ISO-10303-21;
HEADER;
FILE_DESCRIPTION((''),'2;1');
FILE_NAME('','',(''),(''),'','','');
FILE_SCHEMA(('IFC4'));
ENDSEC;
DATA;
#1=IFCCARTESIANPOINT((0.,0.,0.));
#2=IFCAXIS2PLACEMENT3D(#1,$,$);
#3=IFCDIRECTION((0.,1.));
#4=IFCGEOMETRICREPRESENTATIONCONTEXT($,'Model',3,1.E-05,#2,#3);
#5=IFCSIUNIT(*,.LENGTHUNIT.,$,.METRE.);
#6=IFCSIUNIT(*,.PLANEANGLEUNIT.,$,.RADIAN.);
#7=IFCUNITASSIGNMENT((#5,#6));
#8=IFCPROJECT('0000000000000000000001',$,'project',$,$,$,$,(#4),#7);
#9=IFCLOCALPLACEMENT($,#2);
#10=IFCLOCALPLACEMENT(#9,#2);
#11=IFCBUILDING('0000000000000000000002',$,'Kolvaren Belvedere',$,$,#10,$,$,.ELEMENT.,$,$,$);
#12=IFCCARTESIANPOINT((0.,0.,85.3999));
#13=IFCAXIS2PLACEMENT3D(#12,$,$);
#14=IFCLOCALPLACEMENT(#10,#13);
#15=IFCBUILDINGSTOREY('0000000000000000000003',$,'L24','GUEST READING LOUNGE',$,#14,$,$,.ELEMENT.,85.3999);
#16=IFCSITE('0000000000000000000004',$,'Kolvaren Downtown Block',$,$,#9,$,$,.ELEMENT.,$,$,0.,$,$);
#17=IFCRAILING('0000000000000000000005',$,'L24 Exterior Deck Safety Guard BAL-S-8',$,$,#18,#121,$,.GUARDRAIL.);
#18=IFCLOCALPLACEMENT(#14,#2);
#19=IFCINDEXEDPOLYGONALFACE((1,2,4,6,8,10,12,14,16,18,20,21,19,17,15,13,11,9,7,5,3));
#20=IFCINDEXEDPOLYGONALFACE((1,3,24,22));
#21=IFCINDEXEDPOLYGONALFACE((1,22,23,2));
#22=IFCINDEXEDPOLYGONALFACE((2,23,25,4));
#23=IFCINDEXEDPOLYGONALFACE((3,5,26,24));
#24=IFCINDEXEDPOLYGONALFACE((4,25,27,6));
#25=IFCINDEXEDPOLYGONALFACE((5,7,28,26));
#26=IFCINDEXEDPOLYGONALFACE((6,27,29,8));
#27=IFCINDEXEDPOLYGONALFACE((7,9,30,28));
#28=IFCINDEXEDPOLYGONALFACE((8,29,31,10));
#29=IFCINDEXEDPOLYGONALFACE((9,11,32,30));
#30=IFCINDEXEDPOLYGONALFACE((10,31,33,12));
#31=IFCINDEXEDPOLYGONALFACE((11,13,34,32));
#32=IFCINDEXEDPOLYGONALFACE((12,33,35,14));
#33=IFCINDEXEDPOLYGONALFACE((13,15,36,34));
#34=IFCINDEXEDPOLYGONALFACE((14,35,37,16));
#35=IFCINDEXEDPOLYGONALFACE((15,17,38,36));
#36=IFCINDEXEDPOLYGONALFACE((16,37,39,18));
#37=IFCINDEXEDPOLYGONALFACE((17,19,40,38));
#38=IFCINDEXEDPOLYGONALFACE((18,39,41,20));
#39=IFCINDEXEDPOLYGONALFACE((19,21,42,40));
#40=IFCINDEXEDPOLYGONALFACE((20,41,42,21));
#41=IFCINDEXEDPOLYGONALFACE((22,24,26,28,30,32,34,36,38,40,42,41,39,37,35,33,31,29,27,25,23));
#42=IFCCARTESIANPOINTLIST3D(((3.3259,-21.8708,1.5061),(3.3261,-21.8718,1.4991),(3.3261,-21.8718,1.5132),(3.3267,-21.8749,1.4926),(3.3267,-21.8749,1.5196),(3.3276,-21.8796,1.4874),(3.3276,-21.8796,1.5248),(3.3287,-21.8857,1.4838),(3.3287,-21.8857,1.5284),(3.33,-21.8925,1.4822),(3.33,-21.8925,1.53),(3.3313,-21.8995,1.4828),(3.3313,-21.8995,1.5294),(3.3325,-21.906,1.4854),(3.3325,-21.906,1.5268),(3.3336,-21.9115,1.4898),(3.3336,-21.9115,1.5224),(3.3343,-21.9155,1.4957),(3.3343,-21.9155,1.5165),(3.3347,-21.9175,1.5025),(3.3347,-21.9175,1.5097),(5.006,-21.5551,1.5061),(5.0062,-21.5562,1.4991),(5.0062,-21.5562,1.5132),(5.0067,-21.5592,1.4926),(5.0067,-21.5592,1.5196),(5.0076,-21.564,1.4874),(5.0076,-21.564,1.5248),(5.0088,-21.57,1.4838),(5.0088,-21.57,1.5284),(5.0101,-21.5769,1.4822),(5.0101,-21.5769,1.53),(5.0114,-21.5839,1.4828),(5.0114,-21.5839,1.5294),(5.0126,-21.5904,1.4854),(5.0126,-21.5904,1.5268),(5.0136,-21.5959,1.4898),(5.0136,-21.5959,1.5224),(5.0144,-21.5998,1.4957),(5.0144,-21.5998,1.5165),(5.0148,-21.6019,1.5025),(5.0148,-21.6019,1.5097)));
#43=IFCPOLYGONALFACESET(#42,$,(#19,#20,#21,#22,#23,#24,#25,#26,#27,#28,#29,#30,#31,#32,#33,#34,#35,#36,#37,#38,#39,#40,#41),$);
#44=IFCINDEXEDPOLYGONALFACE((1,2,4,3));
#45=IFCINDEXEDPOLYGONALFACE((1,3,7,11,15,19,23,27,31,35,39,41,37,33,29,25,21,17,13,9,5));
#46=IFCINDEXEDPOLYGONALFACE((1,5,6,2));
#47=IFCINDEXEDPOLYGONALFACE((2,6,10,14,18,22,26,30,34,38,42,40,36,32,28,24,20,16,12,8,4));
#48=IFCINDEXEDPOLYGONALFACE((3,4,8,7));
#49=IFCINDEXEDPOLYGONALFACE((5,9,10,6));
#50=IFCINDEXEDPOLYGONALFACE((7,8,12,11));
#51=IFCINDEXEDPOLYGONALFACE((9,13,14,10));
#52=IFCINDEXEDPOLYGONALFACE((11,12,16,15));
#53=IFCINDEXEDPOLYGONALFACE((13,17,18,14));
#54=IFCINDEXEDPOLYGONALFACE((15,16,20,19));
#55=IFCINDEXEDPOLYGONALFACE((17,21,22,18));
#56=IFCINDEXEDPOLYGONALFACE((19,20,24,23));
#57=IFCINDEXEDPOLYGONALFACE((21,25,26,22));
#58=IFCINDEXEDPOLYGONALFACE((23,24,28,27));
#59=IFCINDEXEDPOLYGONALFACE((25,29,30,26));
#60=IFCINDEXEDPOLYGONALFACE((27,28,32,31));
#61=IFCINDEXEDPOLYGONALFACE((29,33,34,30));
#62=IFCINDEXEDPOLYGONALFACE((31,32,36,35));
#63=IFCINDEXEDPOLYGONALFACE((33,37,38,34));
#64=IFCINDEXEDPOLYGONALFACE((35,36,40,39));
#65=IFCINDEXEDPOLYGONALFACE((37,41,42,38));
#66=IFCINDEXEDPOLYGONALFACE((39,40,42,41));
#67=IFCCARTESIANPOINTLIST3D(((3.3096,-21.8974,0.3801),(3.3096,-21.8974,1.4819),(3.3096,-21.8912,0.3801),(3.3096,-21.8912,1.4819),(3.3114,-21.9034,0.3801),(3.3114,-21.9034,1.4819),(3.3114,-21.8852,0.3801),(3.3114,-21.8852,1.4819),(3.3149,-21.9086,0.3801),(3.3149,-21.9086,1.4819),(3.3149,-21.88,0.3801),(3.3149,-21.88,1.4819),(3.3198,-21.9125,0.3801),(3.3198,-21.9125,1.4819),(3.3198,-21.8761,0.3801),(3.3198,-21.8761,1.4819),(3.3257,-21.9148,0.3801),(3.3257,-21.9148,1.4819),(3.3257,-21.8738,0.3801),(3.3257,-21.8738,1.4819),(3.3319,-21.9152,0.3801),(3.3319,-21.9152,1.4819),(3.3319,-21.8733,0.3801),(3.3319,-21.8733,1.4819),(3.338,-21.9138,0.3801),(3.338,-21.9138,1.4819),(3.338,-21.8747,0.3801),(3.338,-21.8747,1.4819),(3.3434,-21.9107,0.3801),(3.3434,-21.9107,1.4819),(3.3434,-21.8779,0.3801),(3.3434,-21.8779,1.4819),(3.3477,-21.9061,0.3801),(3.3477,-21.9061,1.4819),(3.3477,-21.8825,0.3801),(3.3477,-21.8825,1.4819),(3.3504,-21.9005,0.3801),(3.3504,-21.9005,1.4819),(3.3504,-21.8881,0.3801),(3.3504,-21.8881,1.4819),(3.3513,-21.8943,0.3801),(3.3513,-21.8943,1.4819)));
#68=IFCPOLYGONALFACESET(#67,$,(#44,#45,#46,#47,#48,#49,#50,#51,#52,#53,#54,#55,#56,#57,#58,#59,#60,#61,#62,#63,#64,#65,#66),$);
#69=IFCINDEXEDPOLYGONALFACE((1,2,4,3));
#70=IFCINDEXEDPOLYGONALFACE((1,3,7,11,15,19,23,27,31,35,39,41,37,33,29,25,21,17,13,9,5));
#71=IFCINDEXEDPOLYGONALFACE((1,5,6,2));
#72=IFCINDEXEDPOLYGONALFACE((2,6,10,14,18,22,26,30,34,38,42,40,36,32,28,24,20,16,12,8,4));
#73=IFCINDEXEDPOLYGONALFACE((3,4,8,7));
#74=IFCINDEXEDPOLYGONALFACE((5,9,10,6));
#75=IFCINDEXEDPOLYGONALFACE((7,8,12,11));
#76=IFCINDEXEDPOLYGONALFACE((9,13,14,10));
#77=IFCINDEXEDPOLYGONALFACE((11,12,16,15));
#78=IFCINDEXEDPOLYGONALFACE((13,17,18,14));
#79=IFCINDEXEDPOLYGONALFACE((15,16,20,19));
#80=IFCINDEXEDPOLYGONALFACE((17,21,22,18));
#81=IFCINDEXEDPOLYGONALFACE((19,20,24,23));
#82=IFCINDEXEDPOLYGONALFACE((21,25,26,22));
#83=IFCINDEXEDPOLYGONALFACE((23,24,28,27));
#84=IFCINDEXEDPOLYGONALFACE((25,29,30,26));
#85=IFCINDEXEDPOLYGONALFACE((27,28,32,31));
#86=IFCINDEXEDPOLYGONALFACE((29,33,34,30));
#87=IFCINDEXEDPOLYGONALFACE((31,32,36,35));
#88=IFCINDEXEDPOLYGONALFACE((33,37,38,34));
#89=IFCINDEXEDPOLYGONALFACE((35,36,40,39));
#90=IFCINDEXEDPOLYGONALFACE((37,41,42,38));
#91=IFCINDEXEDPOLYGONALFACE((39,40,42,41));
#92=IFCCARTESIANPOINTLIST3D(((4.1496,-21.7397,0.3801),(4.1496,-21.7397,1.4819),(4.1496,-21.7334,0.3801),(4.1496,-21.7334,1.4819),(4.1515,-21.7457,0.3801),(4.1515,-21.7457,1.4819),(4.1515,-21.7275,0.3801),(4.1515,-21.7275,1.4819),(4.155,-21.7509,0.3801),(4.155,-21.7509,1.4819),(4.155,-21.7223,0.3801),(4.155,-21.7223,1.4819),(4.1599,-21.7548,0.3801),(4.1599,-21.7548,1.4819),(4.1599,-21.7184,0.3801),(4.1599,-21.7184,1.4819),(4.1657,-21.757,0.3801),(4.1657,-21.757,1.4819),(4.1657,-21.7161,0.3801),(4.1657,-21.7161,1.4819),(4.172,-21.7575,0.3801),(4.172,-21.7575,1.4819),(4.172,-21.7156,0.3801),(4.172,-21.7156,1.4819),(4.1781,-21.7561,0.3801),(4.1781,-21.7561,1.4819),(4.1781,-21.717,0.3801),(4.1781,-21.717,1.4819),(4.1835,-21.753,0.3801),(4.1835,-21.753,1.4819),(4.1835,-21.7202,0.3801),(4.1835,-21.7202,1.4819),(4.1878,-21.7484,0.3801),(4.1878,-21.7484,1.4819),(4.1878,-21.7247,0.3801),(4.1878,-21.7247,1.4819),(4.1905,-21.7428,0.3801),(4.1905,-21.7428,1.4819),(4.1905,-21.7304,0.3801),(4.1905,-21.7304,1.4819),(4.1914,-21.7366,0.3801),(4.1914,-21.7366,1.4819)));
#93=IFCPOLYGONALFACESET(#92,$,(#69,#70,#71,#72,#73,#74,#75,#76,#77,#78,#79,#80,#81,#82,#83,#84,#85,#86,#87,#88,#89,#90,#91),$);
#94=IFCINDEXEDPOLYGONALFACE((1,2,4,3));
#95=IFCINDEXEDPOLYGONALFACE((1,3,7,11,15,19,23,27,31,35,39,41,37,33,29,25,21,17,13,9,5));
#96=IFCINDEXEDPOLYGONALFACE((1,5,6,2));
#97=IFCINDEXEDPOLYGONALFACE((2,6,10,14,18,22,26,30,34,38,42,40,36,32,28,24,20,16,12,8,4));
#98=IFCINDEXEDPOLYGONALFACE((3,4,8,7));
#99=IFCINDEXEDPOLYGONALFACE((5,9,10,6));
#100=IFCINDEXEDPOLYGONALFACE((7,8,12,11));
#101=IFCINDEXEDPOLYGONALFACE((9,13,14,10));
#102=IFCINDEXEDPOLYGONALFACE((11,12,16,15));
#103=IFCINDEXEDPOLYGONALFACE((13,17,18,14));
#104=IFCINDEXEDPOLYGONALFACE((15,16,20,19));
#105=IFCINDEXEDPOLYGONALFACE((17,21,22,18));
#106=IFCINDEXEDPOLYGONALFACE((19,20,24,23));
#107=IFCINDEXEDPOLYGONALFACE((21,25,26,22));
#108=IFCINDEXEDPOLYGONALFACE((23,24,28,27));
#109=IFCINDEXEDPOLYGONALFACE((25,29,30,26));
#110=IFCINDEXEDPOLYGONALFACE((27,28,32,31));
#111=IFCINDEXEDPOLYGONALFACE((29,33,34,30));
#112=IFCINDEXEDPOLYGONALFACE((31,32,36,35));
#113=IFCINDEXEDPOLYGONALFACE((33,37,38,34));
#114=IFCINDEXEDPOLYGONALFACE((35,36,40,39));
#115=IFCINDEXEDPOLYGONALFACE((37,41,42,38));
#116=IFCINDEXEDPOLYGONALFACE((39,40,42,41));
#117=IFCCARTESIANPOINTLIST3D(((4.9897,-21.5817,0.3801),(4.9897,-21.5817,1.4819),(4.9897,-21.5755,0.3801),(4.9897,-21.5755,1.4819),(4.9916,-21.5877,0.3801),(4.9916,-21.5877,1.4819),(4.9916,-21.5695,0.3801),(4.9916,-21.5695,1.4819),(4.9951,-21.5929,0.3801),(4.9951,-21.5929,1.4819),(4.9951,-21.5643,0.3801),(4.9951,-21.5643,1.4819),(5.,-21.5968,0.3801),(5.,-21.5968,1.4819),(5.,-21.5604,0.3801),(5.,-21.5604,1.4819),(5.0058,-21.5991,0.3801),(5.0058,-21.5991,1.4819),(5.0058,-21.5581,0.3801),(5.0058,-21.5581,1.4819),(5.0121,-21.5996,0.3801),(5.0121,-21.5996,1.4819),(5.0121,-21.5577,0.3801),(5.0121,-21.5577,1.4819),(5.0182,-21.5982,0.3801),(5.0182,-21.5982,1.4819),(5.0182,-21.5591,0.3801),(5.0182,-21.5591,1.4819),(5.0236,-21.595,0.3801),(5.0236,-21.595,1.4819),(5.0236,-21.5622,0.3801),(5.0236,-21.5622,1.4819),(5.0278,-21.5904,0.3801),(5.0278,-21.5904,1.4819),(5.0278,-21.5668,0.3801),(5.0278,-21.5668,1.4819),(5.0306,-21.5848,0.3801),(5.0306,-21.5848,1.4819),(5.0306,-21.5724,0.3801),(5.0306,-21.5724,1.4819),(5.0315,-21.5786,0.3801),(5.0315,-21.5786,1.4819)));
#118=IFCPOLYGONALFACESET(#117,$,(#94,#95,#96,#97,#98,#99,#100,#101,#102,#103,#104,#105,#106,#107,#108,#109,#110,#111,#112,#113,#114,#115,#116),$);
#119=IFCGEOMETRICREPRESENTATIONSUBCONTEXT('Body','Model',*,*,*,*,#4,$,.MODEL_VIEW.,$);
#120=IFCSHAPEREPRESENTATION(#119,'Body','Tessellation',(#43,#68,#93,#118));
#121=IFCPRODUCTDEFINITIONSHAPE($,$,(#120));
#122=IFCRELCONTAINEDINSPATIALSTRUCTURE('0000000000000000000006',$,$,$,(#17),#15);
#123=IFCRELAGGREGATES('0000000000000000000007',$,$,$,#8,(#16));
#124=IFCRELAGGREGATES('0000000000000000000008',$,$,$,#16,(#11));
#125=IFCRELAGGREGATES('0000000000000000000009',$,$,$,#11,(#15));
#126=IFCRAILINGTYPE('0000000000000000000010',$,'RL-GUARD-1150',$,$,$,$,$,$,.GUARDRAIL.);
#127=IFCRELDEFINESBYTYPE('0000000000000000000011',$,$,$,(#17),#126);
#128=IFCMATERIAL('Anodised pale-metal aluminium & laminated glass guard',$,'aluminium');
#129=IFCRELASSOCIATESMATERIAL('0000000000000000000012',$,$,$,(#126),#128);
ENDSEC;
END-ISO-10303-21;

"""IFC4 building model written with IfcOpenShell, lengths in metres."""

from ifc_helpers import new_model, si_unit, direction, frame, origin, origin_2d, place, context, subcontext, project, spatial, circle, extrude, material, type_object, element, save


model = new_model("IFC4")

# Units and contexts
model_context = context("Model", 3, precision=1e-05, world=origin(), true_north=direction((0.0, 1.0)))
body_context = subcontext(model_context, "Body", "Model", "MODEL_VIEW")
ifc_project = project(units=[si_unit("LENGTHUNIT", "METRE"), si_unit("PLANEANGLEUNIT", "RADIAN")], contexts=[model_context])

# Site, building, storey
site_placement = place(None, origin())
site = spatial("IfcSite", under=ifc_project, at=site_placement, Name="Kolvaren Downtown Block", CompositionType="ELEMENT", RefElevation=0.0)
building_placement = place(site_placement, origin())
building = spatial("IfcBuilding", under=site, at=building_placement, Name="Kolvaren Belvedere", CompositionType="ELEMENT")
storey_placement = place(building_placement, frame((0.0, 0.0, 85.3999)))
storey = spatial("IfcBuildingStorey", under=building, at=storey_placement, Name="L24", Description="GUEST READING LOUNGE", CompositionType="ELEMENT", Elevation=85.3999)

# Railing
ifc_material_1 = material(Name="Anodised pale-metal aluminium & laminated glass guard", Category="aluminium")
railing_type = type_object("IfcRailingType", Name="RL-GUARD-1150", PredefinedType="GUARDRAIL", material=ifc_material_1)
railing_1_placement = place(storey_placement, frame((3.3303, -21.8943, 0.3801)))
element("IfcRailing", 1, at=railing_1_placement, inside=storey, type_object=railing_type, Name="L24 Exterior Deck Safety Guard BAL-S-8", PredefinedType="GUARDRAIL", context=body_context, shape_type="SweptSolid", body=[
    extrude(circle(Radius=0.0239, at=origin_2d()), frame((0.0, 0.0, 1.126), z_axis=(0.982804, 0.184651, 0.0), x_axis=(-0.184651, 0.982804, 0.0)), (0.0, 0.0, 1.0), 1.7095),
    extrude(circle(Radius=0.021, at=origin_2d()), origin(), (0.0, 0.0, 1.0), 1.1018),
    extrude(circle(Radius=0.021, at=origin_2d()), frame((0.8401, 0.1577, 0.0)), (0.0, 0.0, 1.0), 1.1018),
    extrude(circle(Radius=0.021, at=origin_2d()), frame((1.6802, 0.3157, 0.0)), (0.0, 0.0, 1.0), 1.1018),
])

save(model, "model.ifc")
